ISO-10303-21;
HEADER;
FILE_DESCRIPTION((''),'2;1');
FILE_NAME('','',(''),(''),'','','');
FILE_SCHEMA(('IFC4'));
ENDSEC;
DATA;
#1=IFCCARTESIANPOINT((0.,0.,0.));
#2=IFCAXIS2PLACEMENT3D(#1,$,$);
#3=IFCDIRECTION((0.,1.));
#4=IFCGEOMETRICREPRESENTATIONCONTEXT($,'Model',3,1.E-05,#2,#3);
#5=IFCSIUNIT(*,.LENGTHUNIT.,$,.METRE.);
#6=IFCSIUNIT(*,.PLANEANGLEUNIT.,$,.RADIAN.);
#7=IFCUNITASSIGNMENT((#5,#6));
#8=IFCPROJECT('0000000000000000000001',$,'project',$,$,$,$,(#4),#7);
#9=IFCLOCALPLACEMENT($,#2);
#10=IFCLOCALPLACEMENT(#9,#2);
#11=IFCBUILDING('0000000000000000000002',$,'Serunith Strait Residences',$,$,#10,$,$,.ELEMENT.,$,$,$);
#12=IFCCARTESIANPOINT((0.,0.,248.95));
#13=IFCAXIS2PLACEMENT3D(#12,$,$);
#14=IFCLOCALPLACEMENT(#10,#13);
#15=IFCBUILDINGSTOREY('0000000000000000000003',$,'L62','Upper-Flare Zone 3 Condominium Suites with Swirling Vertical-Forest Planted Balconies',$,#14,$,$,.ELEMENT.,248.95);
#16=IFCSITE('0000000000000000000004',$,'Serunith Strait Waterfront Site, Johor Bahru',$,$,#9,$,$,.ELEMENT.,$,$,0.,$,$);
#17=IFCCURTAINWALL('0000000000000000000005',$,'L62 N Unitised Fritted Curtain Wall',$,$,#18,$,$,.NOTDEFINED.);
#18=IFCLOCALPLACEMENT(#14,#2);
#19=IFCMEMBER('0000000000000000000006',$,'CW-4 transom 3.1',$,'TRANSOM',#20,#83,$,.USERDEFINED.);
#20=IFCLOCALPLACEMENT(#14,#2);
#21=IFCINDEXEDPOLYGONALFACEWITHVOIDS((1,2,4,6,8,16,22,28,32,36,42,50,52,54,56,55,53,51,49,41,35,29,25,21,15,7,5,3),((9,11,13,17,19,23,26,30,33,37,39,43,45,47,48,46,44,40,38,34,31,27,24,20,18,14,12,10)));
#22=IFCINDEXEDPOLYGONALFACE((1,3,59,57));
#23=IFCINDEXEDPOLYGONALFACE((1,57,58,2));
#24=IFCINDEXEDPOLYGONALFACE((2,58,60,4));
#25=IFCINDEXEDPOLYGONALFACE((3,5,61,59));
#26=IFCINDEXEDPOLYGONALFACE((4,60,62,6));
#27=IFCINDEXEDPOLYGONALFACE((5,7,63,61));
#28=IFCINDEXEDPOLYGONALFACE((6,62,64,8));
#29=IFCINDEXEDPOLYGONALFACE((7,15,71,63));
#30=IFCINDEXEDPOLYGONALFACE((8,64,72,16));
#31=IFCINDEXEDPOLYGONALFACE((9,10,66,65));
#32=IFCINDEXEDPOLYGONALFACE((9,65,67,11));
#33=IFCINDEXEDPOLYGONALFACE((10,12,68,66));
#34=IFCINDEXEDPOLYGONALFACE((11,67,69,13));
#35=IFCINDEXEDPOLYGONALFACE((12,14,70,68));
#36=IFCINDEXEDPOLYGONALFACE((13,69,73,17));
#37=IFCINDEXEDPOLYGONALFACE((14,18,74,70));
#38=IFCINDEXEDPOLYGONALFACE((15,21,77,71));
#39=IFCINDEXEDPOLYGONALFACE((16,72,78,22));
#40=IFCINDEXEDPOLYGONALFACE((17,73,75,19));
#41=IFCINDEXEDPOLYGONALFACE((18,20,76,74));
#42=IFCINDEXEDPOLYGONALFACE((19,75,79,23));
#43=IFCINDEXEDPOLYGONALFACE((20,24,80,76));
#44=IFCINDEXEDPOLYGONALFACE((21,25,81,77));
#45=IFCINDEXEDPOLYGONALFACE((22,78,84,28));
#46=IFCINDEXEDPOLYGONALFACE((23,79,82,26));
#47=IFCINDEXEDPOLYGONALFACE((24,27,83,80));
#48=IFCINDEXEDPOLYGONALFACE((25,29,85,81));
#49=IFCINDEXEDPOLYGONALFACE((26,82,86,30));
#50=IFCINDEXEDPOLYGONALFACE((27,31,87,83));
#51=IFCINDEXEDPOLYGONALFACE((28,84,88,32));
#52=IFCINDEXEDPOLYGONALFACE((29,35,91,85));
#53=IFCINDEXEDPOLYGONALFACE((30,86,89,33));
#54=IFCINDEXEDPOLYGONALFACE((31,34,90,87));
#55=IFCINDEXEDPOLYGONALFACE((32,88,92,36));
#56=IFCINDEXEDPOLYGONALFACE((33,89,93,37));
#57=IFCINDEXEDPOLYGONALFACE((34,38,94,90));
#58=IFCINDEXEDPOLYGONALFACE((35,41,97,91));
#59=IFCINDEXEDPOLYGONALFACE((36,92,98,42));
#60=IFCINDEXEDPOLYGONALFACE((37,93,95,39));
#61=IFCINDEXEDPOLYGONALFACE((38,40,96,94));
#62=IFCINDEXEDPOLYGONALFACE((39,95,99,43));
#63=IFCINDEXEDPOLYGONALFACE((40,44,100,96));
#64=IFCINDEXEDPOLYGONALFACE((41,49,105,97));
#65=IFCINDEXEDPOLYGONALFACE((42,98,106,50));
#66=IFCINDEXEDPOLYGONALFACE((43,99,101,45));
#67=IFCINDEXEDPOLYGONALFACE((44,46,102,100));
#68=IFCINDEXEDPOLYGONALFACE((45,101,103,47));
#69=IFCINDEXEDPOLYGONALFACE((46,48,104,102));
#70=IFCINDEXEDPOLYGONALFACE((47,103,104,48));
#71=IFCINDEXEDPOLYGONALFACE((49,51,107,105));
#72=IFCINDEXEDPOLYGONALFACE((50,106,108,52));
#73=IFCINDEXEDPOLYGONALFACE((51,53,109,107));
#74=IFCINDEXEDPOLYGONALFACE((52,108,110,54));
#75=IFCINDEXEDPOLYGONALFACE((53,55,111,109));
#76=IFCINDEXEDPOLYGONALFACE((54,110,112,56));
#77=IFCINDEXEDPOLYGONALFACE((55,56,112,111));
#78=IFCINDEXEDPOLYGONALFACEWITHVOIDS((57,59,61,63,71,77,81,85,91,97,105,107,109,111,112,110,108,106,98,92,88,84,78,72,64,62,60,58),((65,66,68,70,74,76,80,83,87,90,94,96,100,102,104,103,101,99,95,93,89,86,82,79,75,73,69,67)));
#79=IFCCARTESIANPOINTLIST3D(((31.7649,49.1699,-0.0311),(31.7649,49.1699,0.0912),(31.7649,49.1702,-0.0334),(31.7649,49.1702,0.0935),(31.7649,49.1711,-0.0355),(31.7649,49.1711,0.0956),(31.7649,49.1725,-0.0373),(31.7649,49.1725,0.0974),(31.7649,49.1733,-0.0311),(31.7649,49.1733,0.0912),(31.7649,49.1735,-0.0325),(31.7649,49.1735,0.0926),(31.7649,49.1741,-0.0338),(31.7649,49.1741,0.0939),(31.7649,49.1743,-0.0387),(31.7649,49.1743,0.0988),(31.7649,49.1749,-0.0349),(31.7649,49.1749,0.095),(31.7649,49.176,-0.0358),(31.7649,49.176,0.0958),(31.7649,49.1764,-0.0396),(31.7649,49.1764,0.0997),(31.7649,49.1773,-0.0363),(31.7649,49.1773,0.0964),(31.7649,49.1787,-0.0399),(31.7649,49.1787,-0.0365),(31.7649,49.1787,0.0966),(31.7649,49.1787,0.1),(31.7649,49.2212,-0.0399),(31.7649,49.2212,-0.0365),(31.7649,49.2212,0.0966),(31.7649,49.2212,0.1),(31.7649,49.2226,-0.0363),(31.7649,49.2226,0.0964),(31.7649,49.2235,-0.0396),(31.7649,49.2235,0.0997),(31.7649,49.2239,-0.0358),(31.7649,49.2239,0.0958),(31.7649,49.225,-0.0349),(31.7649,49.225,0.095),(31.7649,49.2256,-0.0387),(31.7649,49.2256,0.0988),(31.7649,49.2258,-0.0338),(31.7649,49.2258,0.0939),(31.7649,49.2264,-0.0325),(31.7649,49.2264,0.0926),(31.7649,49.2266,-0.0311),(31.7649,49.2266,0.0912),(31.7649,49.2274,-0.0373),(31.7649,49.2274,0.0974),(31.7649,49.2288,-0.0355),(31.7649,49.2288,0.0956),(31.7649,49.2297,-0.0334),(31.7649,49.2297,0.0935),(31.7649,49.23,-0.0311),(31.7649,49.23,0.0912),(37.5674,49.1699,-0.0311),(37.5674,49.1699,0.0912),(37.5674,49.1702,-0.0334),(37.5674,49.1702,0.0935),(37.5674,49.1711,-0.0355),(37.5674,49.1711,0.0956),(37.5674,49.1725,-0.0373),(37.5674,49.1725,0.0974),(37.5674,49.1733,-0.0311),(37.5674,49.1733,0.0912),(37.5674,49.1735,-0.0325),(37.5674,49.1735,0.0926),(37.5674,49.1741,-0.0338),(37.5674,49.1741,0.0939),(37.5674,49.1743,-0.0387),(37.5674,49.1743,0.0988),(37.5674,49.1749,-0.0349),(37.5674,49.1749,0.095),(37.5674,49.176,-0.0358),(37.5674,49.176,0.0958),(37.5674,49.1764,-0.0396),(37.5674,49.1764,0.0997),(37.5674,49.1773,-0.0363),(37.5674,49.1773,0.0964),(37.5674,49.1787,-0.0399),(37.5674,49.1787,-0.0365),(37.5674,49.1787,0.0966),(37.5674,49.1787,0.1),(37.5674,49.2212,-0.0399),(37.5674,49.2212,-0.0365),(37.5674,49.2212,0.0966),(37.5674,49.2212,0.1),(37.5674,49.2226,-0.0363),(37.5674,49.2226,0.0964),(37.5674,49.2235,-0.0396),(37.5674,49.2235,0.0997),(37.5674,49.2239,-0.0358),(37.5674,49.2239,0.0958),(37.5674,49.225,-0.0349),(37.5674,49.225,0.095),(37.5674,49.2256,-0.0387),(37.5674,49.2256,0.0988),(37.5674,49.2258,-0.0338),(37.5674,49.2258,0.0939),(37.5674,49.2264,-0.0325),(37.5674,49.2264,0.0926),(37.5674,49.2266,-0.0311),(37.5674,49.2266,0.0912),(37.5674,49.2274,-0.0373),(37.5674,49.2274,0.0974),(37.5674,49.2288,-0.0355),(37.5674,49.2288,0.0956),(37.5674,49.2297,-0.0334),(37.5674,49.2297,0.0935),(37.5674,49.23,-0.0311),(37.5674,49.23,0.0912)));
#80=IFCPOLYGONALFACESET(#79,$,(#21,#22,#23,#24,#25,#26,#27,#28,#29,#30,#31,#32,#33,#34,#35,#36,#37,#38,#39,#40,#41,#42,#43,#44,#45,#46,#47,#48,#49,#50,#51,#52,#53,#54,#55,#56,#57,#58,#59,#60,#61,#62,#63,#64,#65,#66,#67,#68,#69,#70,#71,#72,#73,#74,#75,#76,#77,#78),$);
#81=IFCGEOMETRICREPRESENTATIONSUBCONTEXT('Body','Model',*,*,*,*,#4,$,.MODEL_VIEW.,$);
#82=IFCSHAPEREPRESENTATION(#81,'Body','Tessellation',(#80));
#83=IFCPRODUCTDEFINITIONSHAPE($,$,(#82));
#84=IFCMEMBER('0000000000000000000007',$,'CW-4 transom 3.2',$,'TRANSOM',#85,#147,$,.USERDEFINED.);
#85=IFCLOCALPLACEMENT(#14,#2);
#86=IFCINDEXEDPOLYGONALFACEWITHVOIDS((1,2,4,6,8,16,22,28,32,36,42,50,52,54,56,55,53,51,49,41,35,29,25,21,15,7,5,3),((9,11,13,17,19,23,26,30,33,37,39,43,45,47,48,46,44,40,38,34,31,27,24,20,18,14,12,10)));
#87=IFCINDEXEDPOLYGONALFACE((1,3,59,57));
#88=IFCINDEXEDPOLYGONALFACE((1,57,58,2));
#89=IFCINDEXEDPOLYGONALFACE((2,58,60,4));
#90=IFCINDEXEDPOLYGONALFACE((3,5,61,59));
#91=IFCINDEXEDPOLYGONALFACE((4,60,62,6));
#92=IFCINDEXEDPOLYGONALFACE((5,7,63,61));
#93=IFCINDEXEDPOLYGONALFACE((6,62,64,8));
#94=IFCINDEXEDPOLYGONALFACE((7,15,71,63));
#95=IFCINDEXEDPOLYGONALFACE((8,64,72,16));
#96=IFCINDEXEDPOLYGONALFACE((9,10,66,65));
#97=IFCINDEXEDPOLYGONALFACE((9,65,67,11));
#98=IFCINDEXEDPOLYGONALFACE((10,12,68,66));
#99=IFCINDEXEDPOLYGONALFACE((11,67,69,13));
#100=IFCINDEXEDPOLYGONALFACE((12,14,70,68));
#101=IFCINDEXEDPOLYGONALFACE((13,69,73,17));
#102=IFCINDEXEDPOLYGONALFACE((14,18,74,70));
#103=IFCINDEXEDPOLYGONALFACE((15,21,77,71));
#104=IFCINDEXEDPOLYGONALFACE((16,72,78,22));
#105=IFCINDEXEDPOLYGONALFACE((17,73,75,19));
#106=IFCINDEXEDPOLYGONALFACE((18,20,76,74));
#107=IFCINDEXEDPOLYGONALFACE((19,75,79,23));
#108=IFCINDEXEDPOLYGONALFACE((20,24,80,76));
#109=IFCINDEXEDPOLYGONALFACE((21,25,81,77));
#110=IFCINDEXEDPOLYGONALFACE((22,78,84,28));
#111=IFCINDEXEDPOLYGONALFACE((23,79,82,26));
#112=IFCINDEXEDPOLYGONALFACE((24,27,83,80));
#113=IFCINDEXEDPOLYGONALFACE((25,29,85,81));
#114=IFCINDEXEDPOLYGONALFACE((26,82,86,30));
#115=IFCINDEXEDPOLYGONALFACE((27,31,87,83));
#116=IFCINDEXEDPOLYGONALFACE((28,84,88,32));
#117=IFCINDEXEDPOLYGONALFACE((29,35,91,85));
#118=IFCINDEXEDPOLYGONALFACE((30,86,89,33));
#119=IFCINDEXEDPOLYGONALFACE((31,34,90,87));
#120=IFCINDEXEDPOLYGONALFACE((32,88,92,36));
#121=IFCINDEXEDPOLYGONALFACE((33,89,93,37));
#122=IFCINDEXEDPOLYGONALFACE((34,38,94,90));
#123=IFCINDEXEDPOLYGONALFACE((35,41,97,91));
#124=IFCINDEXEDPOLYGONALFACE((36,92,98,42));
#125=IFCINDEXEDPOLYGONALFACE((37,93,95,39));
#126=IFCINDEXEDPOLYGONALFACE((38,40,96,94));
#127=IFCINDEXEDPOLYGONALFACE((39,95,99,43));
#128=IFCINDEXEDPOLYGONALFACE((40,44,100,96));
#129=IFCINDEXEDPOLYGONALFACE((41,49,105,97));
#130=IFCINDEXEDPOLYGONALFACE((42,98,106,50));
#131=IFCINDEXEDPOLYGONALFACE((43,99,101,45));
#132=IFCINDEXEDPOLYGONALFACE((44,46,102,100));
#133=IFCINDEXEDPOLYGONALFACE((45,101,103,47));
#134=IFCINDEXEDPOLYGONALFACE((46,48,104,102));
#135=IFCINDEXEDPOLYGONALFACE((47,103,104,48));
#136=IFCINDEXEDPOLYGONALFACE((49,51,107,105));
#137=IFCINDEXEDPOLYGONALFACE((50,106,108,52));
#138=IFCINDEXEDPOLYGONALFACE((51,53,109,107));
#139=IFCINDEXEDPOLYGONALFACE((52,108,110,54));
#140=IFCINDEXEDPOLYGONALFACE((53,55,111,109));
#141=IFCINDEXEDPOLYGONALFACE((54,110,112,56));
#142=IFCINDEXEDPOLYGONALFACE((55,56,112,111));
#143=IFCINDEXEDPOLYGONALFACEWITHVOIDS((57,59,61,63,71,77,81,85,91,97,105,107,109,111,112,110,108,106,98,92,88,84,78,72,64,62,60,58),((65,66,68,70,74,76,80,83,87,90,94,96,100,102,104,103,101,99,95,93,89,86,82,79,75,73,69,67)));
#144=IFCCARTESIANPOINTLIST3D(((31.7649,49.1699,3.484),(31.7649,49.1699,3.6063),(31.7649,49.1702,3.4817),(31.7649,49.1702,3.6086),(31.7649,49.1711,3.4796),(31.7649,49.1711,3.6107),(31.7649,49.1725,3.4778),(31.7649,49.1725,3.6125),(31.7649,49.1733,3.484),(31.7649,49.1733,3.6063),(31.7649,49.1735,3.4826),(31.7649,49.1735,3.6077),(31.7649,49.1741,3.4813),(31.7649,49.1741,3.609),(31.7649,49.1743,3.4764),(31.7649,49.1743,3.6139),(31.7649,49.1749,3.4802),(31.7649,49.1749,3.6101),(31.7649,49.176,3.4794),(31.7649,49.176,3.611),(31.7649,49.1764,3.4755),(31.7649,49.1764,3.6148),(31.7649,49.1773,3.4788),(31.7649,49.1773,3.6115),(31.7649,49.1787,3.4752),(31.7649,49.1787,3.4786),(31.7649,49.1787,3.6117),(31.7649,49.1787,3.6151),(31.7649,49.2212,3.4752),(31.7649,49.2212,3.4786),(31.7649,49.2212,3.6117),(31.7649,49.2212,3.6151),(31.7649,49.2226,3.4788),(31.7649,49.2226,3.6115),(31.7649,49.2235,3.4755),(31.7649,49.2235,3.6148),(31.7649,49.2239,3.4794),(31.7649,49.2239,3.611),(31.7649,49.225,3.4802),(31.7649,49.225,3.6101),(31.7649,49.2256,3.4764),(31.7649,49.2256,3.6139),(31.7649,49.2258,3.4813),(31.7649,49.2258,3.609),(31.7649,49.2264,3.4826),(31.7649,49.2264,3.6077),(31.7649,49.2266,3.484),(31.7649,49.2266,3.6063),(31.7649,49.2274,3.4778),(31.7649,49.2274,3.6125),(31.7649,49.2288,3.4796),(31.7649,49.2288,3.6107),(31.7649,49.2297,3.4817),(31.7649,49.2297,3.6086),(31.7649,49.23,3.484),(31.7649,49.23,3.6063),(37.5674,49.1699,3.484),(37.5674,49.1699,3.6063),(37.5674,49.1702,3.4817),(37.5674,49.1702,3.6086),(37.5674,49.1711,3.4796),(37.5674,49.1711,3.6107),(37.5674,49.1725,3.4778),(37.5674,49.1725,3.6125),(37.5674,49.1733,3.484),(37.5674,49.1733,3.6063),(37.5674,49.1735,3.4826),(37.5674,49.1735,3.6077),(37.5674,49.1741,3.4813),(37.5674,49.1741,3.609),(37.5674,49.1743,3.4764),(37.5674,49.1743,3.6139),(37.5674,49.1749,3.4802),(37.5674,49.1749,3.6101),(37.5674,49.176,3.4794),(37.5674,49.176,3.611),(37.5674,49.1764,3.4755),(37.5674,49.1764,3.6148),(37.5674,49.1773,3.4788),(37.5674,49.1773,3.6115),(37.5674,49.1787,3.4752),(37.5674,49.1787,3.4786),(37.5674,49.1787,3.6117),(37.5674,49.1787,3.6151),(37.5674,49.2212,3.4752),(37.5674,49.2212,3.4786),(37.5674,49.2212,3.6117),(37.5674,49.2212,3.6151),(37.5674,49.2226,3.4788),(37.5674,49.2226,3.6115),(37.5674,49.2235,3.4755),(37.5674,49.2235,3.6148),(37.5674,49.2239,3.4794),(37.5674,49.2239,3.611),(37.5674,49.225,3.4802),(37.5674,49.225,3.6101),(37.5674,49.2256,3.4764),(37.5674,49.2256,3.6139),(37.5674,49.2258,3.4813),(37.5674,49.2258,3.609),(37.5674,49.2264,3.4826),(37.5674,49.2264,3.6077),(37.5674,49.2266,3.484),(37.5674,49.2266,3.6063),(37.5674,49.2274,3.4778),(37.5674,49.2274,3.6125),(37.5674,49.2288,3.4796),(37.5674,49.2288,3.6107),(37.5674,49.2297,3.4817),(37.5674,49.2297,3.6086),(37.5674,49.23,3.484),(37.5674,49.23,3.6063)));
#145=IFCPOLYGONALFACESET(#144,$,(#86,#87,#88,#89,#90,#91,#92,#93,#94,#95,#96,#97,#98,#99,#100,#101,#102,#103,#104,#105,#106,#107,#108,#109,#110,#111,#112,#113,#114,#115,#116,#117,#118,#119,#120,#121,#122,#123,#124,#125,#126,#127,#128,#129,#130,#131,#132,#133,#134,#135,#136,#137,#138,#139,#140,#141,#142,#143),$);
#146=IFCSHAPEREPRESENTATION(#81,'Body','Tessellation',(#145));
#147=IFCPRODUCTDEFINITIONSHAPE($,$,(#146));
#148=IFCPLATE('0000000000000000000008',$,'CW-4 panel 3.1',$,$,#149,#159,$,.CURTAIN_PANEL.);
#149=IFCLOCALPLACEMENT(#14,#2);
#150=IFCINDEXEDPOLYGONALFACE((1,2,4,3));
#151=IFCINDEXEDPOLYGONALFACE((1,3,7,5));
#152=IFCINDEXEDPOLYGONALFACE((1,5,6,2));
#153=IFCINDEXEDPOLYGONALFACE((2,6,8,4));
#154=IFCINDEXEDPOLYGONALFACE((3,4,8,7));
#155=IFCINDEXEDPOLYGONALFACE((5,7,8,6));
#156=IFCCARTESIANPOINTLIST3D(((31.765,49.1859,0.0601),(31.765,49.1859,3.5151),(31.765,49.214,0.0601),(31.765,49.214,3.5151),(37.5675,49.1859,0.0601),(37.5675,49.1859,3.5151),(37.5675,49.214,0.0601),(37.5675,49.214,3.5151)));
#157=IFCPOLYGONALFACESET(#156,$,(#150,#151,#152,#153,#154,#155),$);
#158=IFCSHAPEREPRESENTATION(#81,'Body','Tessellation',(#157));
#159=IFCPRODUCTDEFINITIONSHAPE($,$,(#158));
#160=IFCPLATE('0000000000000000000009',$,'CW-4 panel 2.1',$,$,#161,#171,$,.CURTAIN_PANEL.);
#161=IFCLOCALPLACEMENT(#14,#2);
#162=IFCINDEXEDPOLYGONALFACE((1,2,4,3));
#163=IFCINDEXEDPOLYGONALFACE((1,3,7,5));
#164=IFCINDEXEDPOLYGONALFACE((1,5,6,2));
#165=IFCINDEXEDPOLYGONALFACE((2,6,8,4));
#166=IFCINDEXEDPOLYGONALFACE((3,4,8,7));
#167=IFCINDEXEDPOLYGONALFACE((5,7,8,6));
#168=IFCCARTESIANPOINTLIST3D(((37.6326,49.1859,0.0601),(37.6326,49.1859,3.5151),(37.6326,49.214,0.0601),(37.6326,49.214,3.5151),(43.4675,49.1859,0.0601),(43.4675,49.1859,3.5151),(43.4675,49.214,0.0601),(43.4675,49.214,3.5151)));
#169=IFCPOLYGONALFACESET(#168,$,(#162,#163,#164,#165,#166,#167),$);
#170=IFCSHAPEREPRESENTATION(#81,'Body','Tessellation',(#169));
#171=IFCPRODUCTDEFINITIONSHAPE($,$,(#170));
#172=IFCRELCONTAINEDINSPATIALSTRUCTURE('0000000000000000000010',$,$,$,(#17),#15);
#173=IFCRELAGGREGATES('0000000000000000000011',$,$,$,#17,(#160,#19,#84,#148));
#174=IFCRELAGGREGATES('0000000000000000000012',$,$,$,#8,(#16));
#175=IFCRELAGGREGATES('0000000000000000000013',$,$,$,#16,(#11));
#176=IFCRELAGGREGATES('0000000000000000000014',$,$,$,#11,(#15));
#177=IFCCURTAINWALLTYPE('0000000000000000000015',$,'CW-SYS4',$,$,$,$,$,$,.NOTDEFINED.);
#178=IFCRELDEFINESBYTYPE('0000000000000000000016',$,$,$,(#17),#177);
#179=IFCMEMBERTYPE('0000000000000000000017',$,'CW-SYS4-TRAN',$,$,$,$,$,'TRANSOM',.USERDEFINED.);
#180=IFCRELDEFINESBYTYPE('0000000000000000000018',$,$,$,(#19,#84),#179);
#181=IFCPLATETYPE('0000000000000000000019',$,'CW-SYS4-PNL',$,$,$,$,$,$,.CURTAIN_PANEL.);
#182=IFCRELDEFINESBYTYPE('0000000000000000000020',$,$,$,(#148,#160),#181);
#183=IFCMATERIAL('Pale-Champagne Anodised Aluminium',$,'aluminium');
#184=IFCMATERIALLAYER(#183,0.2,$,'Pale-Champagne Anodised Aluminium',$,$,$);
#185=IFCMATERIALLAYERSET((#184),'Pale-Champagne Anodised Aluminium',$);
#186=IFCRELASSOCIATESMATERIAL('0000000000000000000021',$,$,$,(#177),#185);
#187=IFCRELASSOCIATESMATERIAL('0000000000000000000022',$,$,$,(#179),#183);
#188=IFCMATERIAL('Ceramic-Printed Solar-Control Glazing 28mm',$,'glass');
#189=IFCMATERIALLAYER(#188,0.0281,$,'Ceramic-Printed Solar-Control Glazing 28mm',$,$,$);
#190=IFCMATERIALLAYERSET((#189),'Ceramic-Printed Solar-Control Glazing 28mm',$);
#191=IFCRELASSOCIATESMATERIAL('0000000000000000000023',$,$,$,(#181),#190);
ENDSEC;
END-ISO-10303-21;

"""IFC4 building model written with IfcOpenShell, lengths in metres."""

from ifc_helpers import new_model, si_unit, direction, frame, origin, origin_2d, place, context, subcontext, project, spatial, rectangle, hollow_rectangle, extrude, source, transform, mapped, material, layer, layer_set, material_profile, profile_set, type_object, element, aggregate, save


model = new_model("IFC4")

# Units and contexts
model_context = context("Model", 3, precision=1e-05, world=origin(), true_north=direction((0.0, 1.0)))
body_context = subcontext(model_context, "Body", "Model", "MODEL_VIEW")
ifc_project = project(units=[si_unit("LENGTHUNIT", "METRE"), si_unit("PLANEANGLEUNIT", "RADIAN")], contexts=[model_context])

# Site, building, storey
site_placement = place(None, origin())
site = spatial("IfcSite", under=ifc_project, at=site_placement, Name="Serunith Strait Waterfront Site, Johor Bahru", CompositionType="ELEMENT", RefElevation=0.0)
building_placement = place(site_placement, origin())
building = spatial("IfcBuilding", under=site, at=building_placement, Name="Serunith Strait Residences", CompositionType="ELEMENT")
storey_placement = place(building_placement, frame((0.0, 0.0, 248.95)))
storey = spatial("IfcBuildingStorey", under=building, at=storey_placement, Name="L62", Description="Upper-Flare Zone 3 Condominium Suites with Swirling Vertical-Forest Planted Balconies", CompositionType="ELEMENT", Elevation=248.95)

# Curtain wall, members, plates
ifc_material_1 = material(Name="Pale-Champagne Anodised Aluminium", Category="aluminium")
ifc_layer_1 = layer(ifc_material_1, 0.2, Name="Pale-Champagne Anodised Aluminium")
ifc_layer_set_1 = layer_set([ifc_layer_1], Name="Pale-Champagne Anodised Aluminium")
curtain_wall_type = type_object("IfcCurtainWallType", Name="CW-SYS4", PredefinedType="NOTDEFINED", material=ifc_layer_set_1)
curtain_wall_placement = place(storey_placement, origin())
curtain_wall = element("IfcCurtainWall", 1, at=curtain_wall_placement, inside=storey, type_object=curtain_wall_type, Name="L62 N Unitised Fritted Curtain Wall", PredefinedType="NOTDEFINED")
ifc_material_profile_1 = material_profile(ifc_material_1, hollow_rectangle(XDim=0.0601, YDim=0.1399, WallThickness=0.0034, InnerFilletRadius=0.0054, OuterFilletRadius=0.0088, at=origin_2d()), Name="ALU 140x60x3.5")
ifc_profile_set_1 = profile_set([ifc_material_profile_1], Name="Pale-Champagne Anodised Aluminium")
member_type_1 = type_object("IfcMemberType", Name="CW-SYS4-TRAN", ElementType="TRANSOM", PredefinedType="USERDEFINED", material=ifc_profile_set_1)
shared_shape_1 = source(origin(), body_context, "Body", "SweptSolid", [
    extrude(hollow_rectangle(XDim=0.0601, YDim=0.1399, WallThickness=0.0034, InnerFilletRadius=0.0054, OuterFilletRadius=0.0088, at=origin_2d()), origin(), (0.0, 0.0, 1.0), 5.8025),
])
member_1_placement = place(storey_placement, frame((37.5674, 49.2, 0.03), z_axis=(-1.0, 0.0, 0.0), x_axis=(0.0, -1.0, 0.0)))
member_1 = element("IfcMember", 2, at=member_1_placement, type_object=member_type_1, Name="CW-4 transom 3.1", ObjectType="TRANSOM", PredefinedType="USERDEFINED", context=body_context, shape_type="MappedRepresentation", body=[
    mapped(shared_shape_1, transform((0.0, 0.0, 0.0), scale=1.0)),
])
member_2_placement = place(storey_placement, frame((37.5674, 49.2, 3.5452), z_axis=(-1.0, 0.0, 0.0), x_axis=(0.0, -1.0, 0.0)))
member_2 = element("IfcMember", 3, at=member_2_placement, type_object=member_type_1, Name="CW-4 transom 3.2", ObjectType="TRANSOM", PredefinedType="USERDEFINED", context=body_context, shape_type="MappedRepresentation", body=[
    mapped(shared_shape_1, transform((0.0, 0.0, 0.0), scale=1.0)),
])
ifc_material_2 = material(Name="Ceramic-Printed Solar-Control Glazing 28mm", Category="glass")
ifc_layer_2 = layer(ifc_material_2, 0.0281, Name="Ceramic-Printed Solar-Control Glazing 28mm")
ifc_layer_set_2 = layer_set([ifc_layer_2], Name="Ceramic-Printed Solar-Control Glazing 28mm")
plate_type = type_object("IfcPlateType", Name="CW-SYS4-PNL", PredefinedType="CURTAIN_PANEL", material=ifc_layer_set_2)
shared_shape_2 = source(origin(), body_context, "Body", "SweptSolid", [
    extrude(rectangle(XDim=5.8025, YDim=0.0281, at=origin_2d()), origin(), (0.0, 0.0, 1.0), 3.4551),
])
plate_1_placement = place(storey_placement, frame((34.6663, 49.2, 0.0601), z_axis=(0.0, 0.0, 1.0), x_axis=(-1.0, 0.0, 0.0)))
plate_1 = element("IfcPlate", 4, at=plate_1_placement, type_object=plate_type, Name="CW-4 panel 3.1", PredefinedType="CURTAIN_PANEL", context=body_context, shape_type="MappedRepresentation", body=[
    mapped(shared_shape_2, transform((0.0, 0.0, 0.0), scale=1.0)),
])
shared_shape_3 = source(origin(), body_context, "Body", "SweptSolid", [
    extrude(rectangle(XDim=5.835, YDim=0.0281, at=origin_2d()), origin(), (0.0, 0.0, 1.0), 3.4551),
])
plate_2_placement = place(storey_placement, frame((40.55, 49.2, 0.0601), z_axis=(0.0, 0.0, 1.0), x_axis=(-1.0, 0.0, 0.0)))
plate_2 = element("IfcPlate", 5, at=plate_2_placement, type_object=plate_type, Name="CW-4 panel 2.1", PredefinedType="CURTAIN_PANEL", context=body_context, shape_type="MappedRepresentation", body=[
    mapped(shared_shape_3, transform((0.0, 0.0, 0.0), scale=1.0)),
])
aggregate(curtain_wall, [plate_2, member_1, member_2, plate_1])

save(model, "model.ifc")
